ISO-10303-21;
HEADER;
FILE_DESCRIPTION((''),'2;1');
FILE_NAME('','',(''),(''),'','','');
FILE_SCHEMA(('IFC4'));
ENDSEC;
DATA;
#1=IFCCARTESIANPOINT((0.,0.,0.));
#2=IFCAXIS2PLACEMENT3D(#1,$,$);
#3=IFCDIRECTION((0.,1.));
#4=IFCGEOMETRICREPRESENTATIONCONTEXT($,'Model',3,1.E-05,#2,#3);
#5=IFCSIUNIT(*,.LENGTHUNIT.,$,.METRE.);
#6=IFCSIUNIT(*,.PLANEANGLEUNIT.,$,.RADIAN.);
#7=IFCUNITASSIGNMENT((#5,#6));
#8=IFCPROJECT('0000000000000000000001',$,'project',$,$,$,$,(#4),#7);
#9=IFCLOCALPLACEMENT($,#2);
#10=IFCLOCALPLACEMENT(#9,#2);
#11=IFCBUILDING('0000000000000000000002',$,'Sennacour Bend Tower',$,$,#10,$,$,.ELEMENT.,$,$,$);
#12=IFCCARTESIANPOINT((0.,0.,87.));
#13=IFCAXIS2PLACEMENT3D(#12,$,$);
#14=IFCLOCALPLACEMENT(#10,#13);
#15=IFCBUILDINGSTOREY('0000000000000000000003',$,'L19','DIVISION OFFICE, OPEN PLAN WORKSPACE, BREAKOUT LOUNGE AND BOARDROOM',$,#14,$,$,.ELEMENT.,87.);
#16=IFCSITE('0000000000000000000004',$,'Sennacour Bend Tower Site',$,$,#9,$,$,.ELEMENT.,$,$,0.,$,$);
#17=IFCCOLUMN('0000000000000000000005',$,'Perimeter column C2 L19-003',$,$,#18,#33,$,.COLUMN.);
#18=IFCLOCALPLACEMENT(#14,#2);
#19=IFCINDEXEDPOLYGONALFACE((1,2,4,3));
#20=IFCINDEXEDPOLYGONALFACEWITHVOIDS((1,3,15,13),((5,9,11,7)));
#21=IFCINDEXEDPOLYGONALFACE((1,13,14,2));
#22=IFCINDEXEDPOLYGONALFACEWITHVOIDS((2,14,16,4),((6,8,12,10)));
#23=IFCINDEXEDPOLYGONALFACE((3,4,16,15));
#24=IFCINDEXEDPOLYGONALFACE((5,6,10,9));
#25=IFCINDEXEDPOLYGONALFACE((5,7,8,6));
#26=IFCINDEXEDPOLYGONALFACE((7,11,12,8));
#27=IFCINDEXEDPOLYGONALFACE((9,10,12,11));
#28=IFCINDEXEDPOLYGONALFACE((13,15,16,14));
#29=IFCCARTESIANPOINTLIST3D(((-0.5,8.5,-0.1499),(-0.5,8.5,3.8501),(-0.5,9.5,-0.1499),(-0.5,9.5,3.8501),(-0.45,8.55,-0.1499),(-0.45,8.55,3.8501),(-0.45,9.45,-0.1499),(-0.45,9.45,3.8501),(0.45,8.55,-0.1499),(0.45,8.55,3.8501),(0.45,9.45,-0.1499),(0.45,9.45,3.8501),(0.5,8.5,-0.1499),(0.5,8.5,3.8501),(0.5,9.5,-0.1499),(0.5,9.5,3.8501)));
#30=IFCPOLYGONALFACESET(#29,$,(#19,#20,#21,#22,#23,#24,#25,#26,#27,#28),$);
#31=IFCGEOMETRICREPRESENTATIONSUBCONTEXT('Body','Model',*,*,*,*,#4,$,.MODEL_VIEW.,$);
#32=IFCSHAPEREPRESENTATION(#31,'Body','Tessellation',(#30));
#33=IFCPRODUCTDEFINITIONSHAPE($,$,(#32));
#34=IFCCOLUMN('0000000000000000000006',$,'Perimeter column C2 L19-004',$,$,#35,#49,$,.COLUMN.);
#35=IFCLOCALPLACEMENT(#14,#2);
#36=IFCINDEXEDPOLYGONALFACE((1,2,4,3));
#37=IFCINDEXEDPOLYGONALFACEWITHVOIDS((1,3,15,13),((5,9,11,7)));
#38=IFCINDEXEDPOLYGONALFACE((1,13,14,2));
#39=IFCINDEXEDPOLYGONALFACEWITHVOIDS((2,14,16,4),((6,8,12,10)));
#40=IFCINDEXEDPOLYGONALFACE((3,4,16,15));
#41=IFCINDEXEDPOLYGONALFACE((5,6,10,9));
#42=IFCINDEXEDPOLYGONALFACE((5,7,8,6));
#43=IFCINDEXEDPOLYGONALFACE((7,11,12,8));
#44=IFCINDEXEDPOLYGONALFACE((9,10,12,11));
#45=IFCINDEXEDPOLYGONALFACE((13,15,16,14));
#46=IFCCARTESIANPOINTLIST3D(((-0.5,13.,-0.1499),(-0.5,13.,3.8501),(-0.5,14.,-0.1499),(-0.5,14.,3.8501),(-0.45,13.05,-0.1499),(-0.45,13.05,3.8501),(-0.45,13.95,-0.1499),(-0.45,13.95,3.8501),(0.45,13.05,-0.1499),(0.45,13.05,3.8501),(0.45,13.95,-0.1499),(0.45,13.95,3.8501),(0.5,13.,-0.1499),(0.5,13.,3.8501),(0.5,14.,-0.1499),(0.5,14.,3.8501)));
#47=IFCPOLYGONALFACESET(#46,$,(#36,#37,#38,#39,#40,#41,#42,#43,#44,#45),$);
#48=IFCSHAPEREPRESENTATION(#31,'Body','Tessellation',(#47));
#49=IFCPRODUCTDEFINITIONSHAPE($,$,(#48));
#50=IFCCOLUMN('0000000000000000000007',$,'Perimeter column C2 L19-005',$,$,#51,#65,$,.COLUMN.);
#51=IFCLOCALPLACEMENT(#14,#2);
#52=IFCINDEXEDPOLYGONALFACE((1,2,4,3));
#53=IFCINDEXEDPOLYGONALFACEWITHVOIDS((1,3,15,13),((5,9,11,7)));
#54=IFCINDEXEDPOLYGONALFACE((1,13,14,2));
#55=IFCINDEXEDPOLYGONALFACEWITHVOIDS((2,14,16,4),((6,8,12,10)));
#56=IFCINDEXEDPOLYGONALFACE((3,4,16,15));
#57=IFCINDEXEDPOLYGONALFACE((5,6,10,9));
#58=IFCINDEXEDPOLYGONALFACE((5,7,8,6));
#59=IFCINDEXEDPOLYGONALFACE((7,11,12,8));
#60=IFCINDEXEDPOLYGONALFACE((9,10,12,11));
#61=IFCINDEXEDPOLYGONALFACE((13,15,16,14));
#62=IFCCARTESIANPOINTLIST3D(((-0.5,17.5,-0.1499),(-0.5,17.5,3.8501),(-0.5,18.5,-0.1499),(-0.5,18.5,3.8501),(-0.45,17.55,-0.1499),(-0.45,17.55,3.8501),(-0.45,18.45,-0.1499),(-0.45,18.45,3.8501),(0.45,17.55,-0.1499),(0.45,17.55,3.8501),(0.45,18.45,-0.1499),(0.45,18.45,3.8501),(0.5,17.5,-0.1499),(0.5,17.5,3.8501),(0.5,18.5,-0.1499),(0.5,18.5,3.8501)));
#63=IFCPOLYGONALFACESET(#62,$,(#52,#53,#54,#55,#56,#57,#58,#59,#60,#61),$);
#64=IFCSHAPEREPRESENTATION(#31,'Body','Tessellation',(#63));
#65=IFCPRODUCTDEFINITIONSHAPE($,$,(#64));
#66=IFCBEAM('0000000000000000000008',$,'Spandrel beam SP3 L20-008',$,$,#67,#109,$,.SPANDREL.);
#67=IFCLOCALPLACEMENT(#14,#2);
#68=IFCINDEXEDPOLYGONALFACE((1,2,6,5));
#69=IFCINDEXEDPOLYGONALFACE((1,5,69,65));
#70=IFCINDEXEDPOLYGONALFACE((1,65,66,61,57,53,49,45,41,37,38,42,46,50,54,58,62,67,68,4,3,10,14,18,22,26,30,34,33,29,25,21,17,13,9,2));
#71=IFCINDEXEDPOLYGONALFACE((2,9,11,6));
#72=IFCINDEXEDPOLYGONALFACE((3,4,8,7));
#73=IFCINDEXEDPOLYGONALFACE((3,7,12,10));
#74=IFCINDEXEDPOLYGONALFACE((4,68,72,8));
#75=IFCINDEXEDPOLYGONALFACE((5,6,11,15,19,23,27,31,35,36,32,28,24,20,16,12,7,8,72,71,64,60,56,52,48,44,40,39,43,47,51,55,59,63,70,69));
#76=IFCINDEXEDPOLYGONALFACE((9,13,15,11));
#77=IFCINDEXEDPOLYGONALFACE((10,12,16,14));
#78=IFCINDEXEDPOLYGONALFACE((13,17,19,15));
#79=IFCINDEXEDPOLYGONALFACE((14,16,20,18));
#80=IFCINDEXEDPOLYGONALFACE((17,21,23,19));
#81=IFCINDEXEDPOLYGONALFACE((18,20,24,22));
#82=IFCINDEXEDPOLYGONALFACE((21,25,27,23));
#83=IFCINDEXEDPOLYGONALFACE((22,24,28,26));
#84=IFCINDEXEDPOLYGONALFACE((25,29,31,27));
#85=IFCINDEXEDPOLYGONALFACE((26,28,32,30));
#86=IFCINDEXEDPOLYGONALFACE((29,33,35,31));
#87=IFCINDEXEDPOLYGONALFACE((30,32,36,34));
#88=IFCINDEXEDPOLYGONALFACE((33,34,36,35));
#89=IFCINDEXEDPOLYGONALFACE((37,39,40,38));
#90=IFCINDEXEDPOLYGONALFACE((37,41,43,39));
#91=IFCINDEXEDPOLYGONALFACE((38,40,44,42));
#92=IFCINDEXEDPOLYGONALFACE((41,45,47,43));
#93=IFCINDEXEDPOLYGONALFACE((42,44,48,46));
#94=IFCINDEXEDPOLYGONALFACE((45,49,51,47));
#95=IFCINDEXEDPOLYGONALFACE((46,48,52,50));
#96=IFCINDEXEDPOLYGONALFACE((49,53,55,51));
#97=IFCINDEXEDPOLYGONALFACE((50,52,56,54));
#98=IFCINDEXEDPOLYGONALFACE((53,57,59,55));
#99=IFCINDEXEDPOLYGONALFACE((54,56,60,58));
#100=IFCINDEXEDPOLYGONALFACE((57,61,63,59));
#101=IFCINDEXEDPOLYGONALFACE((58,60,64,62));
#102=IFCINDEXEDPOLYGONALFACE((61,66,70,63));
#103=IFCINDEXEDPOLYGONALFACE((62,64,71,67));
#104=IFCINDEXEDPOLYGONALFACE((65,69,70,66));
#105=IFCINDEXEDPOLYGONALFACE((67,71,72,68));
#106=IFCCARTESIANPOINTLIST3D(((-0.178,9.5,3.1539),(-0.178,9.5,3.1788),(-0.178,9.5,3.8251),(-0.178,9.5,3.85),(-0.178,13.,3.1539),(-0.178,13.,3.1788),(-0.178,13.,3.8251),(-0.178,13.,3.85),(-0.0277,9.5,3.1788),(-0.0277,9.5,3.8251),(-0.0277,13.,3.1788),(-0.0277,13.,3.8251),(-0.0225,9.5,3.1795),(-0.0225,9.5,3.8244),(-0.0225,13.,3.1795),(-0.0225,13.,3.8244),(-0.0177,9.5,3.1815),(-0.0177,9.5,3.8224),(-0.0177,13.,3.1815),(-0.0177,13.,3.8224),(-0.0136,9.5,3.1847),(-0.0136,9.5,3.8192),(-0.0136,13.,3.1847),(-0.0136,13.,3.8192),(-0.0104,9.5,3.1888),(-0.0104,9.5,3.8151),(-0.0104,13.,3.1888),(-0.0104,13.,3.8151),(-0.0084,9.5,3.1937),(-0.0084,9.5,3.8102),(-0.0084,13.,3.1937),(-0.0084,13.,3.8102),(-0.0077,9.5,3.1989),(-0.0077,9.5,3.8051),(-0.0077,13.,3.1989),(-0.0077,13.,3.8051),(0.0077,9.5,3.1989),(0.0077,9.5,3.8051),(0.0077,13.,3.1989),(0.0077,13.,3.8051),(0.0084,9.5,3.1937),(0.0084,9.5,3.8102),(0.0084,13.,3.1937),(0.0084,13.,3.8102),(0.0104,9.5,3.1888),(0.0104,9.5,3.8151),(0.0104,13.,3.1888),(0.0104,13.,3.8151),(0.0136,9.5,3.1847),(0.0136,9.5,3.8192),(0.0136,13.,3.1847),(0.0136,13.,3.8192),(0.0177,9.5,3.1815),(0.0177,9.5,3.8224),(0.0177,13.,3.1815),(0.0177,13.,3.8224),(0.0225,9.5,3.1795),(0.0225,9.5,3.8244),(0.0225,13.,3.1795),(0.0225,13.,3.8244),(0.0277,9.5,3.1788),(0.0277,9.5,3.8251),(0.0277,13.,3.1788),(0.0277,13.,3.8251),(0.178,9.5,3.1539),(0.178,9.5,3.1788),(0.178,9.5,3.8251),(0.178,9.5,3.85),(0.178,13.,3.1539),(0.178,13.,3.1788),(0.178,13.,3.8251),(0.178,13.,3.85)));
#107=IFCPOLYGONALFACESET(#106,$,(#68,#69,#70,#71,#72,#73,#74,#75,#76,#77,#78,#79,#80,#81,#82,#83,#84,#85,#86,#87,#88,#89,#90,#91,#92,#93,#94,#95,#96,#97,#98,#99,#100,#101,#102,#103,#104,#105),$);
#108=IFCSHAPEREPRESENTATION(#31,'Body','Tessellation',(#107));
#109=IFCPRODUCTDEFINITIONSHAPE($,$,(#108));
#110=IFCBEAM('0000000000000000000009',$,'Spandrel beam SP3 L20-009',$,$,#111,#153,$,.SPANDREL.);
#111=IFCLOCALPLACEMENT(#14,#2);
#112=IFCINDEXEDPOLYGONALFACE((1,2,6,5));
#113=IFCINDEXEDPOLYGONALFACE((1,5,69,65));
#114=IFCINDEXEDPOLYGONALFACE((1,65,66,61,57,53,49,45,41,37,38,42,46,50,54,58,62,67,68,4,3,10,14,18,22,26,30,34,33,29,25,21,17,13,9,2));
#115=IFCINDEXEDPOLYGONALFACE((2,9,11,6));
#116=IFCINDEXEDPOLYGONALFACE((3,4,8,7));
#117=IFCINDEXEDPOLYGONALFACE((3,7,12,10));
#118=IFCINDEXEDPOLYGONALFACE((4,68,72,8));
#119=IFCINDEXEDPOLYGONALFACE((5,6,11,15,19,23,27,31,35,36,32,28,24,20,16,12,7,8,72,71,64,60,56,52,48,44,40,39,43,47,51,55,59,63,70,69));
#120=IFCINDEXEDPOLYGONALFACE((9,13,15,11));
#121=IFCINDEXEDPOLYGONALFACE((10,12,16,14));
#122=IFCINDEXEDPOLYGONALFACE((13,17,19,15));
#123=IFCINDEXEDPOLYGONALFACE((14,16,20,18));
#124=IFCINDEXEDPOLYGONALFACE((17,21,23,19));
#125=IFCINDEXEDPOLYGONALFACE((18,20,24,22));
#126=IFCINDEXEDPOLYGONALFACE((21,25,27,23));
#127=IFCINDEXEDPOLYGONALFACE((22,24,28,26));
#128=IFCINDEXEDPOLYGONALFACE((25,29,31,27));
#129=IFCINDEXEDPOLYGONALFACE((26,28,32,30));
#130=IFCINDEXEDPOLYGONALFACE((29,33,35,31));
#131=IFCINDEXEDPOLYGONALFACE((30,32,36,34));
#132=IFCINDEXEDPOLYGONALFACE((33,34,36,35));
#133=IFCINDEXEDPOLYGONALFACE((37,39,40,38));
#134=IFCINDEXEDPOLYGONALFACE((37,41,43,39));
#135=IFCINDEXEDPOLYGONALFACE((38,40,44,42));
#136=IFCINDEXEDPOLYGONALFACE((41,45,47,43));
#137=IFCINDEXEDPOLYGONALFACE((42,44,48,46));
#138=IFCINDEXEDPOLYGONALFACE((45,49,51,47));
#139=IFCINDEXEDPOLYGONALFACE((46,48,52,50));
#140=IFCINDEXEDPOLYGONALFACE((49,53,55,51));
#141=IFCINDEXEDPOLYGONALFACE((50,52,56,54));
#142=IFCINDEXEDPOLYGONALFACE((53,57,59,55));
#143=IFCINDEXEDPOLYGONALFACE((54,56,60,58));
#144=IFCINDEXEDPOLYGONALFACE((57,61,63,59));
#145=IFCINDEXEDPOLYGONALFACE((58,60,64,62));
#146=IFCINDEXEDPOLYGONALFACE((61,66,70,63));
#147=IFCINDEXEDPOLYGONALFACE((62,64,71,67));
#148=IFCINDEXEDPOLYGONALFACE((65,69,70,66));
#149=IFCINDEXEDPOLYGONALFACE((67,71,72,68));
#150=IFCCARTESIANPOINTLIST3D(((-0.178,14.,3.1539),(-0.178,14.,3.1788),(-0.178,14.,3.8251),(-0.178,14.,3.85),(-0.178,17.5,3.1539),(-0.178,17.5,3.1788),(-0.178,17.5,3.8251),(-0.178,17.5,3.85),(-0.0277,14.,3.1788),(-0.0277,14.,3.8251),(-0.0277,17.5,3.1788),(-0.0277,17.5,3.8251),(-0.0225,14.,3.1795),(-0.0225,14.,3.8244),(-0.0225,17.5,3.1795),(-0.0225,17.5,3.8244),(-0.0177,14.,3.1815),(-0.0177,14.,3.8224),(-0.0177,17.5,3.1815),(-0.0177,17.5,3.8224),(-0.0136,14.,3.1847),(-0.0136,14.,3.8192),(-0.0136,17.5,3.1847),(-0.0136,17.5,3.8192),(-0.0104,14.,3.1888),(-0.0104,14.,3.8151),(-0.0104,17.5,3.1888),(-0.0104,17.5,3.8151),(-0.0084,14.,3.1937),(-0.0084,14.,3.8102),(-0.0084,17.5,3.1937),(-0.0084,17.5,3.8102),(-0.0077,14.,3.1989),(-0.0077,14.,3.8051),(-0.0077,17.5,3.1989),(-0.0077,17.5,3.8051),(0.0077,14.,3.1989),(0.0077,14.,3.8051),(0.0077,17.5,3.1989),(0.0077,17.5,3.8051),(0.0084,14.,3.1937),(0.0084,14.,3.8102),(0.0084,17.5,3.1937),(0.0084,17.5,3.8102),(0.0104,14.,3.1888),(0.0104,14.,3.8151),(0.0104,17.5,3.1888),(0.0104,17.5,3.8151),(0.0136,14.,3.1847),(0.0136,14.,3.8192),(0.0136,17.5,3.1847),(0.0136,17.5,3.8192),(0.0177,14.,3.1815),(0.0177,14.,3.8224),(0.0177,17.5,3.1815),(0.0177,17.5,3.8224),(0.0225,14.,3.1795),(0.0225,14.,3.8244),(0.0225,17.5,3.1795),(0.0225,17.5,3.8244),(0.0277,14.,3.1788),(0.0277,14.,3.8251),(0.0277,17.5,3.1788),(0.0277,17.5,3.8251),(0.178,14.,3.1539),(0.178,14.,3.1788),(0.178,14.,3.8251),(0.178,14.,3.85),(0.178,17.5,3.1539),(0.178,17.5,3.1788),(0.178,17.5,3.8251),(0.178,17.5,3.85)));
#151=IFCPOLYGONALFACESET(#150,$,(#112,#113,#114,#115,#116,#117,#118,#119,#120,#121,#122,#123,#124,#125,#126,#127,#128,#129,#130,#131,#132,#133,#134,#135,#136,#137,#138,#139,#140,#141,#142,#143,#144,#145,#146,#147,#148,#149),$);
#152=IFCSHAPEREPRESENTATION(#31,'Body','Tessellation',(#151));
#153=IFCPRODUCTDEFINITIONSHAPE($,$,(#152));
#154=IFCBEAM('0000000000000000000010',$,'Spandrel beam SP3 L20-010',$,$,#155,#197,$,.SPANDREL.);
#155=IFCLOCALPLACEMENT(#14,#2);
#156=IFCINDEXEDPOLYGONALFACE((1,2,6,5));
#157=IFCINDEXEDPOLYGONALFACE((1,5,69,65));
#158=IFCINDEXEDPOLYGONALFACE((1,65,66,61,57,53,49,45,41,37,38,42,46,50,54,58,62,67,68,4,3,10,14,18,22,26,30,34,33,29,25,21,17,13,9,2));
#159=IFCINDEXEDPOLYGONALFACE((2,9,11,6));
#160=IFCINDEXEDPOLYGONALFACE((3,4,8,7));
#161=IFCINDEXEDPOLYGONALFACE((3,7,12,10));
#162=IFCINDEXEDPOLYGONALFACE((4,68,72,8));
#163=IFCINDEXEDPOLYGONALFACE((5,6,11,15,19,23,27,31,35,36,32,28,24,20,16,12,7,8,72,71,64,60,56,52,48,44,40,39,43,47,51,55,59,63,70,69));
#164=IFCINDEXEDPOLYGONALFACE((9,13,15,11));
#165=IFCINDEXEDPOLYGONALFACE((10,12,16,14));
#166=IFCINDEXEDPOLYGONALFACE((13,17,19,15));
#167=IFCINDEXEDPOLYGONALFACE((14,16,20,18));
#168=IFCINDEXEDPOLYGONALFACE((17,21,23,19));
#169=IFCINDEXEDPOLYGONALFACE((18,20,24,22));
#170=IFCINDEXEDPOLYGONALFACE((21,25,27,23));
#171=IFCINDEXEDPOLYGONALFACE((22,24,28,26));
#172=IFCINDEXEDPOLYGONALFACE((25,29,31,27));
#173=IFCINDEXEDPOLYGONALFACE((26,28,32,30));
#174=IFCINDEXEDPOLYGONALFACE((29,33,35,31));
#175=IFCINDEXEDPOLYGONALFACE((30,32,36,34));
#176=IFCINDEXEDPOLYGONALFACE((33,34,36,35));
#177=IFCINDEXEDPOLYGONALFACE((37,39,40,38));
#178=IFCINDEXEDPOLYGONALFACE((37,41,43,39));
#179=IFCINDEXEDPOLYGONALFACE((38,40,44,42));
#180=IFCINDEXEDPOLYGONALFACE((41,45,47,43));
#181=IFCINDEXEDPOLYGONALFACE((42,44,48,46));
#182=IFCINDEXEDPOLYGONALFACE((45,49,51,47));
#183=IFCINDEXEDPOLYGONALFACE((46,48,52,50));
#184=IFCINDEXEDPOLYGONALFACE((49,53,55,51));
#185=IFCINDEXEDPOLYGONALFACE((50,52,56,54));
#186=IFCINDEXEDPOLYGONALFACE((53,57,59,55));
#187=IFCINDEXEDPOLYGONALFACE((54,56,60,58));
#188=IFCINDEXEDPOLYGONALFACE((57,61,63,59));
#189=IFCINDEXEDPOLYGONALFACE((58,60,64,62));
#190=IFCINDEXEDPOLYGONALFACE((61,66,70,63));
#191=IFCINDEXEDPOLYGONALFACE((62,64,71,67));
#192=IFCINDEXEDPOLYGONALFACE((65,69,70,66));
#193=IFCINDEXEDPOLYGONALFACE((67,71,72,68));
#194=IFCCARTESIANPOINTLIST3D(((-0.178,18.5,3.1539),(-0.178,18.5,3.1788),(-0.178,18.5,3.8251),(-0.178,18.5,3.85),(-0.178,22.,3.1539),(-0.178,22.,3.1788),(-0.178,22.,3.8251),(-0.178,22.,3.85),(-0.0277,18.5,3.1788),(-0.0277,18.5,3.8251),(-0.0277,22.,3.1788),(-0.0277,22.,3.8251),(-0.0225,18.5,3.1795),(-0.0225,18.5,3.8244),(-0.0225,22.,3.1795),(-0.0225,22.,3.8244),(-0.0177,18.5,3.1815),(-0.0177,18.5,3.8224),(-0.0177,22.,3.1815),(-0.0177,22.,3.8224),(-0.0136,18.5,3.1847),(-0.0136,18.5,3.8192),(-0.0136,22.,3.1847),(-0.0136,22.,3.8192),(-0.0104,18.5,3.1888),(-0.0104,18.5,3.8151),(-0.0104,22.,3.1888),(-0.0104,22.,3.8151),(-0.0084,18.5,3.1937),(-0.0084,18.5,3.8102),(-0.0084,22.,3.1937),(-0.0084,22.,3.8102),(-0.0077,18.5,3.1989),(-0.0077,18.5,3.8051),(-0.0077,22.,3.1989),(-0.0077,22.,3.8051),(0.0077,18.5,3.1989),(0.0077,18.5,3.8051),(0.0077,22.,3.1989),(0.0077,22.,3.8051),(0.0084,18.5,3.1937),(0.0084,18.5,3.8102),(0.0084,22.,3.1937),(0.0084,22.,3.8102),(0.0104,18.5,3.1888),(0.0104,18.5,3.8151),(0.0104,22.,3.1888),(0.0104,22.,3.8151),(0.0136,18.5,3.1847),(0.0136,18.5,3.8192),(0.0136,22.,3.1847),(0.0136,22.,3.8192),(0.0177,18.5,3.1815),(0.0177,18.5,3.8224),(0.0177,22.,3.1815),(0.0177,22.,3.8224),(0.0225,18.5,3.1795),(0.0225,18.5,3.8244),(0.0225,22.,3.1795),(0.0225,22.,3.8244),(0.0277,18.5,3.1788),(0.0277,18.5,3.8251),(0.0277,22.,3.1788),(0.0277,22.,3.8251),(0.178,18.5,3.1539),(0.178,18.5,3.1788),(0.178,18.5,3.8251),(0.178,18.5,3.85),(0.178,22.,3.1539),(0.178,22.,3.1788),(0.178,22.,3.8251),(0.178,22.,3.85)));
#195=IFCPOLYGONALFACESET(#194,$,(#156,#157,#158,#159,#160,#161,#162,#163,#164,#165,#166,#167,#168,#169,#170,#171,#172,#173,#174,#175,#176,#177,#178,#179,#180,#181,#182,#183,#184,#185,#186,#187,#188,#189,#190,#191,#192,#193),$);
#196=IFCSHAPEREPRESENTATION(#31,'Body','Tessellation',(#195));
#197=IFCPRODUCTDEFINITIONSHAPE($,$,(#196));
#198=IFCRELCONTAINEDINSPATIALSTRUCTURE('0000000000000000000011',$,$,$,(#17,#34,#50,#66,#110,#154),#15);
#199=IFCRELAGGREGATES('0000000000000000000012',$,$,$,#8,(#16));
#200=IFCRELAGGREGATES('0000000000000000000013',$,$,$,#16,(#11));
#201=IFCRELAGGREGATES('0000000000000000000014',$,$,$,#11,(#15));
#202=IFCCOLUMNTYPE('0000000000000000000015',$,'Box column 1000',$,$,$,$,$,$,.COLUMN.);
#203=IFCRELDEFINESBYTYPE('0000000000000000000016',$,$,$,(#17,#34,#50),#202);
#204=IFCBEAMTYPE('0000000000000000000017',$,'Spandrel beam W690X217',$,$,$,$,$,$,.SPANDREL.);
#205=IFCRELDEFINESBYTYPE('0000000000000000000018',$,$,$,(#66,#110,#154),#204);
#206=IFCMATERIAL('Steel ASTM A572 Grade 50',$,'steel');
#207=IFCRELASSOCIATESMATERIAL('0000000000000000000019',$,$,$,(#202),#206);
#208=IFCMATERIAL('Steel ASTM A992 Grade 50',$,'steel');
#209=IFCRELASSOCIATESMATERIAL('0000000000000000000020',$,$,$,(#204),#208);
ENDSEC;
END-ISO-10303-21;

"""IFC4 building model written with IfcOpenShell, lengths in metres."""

from ifc_helpers import new_model, si_unit, direction, frame, origin, origin_2d, place, context, subcontext, project, spatial, hollow_rectangle, i_section, extrude, material, material_profile, profile_set, type_object, element, save


model = new_model("IFC4")

# Units and contexts
model_context = context("Model", 3, precision=1e-05, world=origin(), true_north=direction((0.0, 1.0)))
body_context = subcontext(model_context, "Body", "Model", "MODEL_VIEW")
ifc_project = project(units=[si_unit("LENGTHUNIT", "METRE"), si_unit("PLANEANGLEUNIT", "RADIAN")], contexts=[model_context])

# Site, building, storey
site_placement = place(None, origin())
site = spatial("IfcSite", under=ifc_project, at=site_placement, Name="Sennacour Bend Tower Site", CompositionType="ELEMENT", RefElevation=0.0)
building_placement = place(site_placement, origin())
building = spatial("IfcBuilding", under=site, at=building_placement, Name="Sennacour Bend Tower", CompositionType="ELEMENT")
storey_placement = place(building_placement, frame((0.0, 0.0, 87.0)))
storey = spatial("IfcBuildingStorey", under=building, at=storey_placement, Name="L19", Description="DIVISION OFFICE, OPEN PLAN WORKSPACE, BREAKOUT LOUNGE AND BOARDROOM", CompositionType="ELEMENT", Elevation=87.0)

# Columns
ifc_material_1 = material(Name="Steel ASTM A572 Grade 50", Category="steel")
ifc_material_profile_1 = material_profile(ifc_material_1, hollow_rectangle(XDim=1.0, YDim=1.0, WallThickness=0.05, at=origin_2d()), Name="Steel ASTM A572 Grade 50", Category="steel")
ifc_profile_set_1 = profile_set([ifc_material_profile_1], Name="Steel ASTM A572 Grade 50")
column_type = type_object("IfcColumnType", Name="Box column 1000", PredefinedType="COLUMN", material=ifc_profile_set_1)
for number, where, z_axis, x_axis, name in (
    (1, (0.0, 9.0, -0.1499), (0.0, 0.0, 1.0), (1.0, 0.0, 0.0), "Perimeter column C2 L19-003"),
    (2, (0.0, 13.5, -0.1499), (0.0, 0.0, 1.0), (1.0, 0.0, 0.0), "Perimeter column C2 L19-004"),
    (3, (0.0, 18.0, -0.1499), (0.0, 0.0, 1.0), (1.0, 0.0, 0.0), "Perimeter column C2 L19-005"),
):
    element("IfcColumn", number, at=place(storey_placement, frame(where, z_axis=z_axis, x_axis=x_axis)), inside=storey, type_object=column_type, Name=name, PredefinedType="COLUMN", context=body_context, shape_type="SweptSolid", body=[
        extrude(hollow_rectangle(XDim=1.0, YDim=1.0, WallThickness=0.05, at=origin_2d()), origin(), (0.0, 0.0, 1.0), 4.0),
    ])

# Beams
ifc_material_2 = material(Name="Steel ASTM A992 Grade 50", Category="steel")
ifc_material_profile_2 = material_profile(ifc_material_2, i_section(OverallWidth=0.356, OverallDepth=0.696, WebThickness=0.0154, FlangeThickness=0.0249, FilletRadius=0.02, at=origin_2d()), Name="Steel ASTM A992 Grade 50", Category="steel")
ifc_profile_set_2 = profile_set([ifc_material_profile_2], Name="Steel ASTM A992 Grade 50")
beam_type = type_object("IfcBeamType", Name="Spandrel beam W690X217", PredefinedType="SPANDREL", material=ifc_profile_set_2)
for number, where, z_axis, x_axis, name in (
    (4, (0.0, 9.5, 3.502), (0.0, 1.0, 0.0), (-1.0, 0.0, 0.0), "Spandrel beam SP3 L20-008"),
    (5, (0.0, 14.0, 3.502), (0.0, 1.0, 0.0), (-1.0, 0.0, 0.0), "Spandrel beam SP3 L20-009"),
    (6, (0.0, 18.5, 3.502), (0.0, 1.0, 0.0), (-1.0, 0.0, 0.0), "Spandrel beam SP3 L20-010"),
):
    element("IfcBeam", number, at=place(storey_placement, frame(where, z_axis=z_axis, x_axis=x_axis)), inside=storey, type_object=beam_type, Name=name, PredefinedType="SPANDREL", context=body_context, shape_type="SweptSolid", body=[
        extrude(i_section(OverallWidth=0.356, OverallDepth=0.696, WebThickness=0.0154, FlangeThickness=0.0249, FilletRadius=0.02, at=origin_2d()), origin(), (0.0, 0.0, 1.0), 3.5),
    ])

save(model, "model.ifc")
